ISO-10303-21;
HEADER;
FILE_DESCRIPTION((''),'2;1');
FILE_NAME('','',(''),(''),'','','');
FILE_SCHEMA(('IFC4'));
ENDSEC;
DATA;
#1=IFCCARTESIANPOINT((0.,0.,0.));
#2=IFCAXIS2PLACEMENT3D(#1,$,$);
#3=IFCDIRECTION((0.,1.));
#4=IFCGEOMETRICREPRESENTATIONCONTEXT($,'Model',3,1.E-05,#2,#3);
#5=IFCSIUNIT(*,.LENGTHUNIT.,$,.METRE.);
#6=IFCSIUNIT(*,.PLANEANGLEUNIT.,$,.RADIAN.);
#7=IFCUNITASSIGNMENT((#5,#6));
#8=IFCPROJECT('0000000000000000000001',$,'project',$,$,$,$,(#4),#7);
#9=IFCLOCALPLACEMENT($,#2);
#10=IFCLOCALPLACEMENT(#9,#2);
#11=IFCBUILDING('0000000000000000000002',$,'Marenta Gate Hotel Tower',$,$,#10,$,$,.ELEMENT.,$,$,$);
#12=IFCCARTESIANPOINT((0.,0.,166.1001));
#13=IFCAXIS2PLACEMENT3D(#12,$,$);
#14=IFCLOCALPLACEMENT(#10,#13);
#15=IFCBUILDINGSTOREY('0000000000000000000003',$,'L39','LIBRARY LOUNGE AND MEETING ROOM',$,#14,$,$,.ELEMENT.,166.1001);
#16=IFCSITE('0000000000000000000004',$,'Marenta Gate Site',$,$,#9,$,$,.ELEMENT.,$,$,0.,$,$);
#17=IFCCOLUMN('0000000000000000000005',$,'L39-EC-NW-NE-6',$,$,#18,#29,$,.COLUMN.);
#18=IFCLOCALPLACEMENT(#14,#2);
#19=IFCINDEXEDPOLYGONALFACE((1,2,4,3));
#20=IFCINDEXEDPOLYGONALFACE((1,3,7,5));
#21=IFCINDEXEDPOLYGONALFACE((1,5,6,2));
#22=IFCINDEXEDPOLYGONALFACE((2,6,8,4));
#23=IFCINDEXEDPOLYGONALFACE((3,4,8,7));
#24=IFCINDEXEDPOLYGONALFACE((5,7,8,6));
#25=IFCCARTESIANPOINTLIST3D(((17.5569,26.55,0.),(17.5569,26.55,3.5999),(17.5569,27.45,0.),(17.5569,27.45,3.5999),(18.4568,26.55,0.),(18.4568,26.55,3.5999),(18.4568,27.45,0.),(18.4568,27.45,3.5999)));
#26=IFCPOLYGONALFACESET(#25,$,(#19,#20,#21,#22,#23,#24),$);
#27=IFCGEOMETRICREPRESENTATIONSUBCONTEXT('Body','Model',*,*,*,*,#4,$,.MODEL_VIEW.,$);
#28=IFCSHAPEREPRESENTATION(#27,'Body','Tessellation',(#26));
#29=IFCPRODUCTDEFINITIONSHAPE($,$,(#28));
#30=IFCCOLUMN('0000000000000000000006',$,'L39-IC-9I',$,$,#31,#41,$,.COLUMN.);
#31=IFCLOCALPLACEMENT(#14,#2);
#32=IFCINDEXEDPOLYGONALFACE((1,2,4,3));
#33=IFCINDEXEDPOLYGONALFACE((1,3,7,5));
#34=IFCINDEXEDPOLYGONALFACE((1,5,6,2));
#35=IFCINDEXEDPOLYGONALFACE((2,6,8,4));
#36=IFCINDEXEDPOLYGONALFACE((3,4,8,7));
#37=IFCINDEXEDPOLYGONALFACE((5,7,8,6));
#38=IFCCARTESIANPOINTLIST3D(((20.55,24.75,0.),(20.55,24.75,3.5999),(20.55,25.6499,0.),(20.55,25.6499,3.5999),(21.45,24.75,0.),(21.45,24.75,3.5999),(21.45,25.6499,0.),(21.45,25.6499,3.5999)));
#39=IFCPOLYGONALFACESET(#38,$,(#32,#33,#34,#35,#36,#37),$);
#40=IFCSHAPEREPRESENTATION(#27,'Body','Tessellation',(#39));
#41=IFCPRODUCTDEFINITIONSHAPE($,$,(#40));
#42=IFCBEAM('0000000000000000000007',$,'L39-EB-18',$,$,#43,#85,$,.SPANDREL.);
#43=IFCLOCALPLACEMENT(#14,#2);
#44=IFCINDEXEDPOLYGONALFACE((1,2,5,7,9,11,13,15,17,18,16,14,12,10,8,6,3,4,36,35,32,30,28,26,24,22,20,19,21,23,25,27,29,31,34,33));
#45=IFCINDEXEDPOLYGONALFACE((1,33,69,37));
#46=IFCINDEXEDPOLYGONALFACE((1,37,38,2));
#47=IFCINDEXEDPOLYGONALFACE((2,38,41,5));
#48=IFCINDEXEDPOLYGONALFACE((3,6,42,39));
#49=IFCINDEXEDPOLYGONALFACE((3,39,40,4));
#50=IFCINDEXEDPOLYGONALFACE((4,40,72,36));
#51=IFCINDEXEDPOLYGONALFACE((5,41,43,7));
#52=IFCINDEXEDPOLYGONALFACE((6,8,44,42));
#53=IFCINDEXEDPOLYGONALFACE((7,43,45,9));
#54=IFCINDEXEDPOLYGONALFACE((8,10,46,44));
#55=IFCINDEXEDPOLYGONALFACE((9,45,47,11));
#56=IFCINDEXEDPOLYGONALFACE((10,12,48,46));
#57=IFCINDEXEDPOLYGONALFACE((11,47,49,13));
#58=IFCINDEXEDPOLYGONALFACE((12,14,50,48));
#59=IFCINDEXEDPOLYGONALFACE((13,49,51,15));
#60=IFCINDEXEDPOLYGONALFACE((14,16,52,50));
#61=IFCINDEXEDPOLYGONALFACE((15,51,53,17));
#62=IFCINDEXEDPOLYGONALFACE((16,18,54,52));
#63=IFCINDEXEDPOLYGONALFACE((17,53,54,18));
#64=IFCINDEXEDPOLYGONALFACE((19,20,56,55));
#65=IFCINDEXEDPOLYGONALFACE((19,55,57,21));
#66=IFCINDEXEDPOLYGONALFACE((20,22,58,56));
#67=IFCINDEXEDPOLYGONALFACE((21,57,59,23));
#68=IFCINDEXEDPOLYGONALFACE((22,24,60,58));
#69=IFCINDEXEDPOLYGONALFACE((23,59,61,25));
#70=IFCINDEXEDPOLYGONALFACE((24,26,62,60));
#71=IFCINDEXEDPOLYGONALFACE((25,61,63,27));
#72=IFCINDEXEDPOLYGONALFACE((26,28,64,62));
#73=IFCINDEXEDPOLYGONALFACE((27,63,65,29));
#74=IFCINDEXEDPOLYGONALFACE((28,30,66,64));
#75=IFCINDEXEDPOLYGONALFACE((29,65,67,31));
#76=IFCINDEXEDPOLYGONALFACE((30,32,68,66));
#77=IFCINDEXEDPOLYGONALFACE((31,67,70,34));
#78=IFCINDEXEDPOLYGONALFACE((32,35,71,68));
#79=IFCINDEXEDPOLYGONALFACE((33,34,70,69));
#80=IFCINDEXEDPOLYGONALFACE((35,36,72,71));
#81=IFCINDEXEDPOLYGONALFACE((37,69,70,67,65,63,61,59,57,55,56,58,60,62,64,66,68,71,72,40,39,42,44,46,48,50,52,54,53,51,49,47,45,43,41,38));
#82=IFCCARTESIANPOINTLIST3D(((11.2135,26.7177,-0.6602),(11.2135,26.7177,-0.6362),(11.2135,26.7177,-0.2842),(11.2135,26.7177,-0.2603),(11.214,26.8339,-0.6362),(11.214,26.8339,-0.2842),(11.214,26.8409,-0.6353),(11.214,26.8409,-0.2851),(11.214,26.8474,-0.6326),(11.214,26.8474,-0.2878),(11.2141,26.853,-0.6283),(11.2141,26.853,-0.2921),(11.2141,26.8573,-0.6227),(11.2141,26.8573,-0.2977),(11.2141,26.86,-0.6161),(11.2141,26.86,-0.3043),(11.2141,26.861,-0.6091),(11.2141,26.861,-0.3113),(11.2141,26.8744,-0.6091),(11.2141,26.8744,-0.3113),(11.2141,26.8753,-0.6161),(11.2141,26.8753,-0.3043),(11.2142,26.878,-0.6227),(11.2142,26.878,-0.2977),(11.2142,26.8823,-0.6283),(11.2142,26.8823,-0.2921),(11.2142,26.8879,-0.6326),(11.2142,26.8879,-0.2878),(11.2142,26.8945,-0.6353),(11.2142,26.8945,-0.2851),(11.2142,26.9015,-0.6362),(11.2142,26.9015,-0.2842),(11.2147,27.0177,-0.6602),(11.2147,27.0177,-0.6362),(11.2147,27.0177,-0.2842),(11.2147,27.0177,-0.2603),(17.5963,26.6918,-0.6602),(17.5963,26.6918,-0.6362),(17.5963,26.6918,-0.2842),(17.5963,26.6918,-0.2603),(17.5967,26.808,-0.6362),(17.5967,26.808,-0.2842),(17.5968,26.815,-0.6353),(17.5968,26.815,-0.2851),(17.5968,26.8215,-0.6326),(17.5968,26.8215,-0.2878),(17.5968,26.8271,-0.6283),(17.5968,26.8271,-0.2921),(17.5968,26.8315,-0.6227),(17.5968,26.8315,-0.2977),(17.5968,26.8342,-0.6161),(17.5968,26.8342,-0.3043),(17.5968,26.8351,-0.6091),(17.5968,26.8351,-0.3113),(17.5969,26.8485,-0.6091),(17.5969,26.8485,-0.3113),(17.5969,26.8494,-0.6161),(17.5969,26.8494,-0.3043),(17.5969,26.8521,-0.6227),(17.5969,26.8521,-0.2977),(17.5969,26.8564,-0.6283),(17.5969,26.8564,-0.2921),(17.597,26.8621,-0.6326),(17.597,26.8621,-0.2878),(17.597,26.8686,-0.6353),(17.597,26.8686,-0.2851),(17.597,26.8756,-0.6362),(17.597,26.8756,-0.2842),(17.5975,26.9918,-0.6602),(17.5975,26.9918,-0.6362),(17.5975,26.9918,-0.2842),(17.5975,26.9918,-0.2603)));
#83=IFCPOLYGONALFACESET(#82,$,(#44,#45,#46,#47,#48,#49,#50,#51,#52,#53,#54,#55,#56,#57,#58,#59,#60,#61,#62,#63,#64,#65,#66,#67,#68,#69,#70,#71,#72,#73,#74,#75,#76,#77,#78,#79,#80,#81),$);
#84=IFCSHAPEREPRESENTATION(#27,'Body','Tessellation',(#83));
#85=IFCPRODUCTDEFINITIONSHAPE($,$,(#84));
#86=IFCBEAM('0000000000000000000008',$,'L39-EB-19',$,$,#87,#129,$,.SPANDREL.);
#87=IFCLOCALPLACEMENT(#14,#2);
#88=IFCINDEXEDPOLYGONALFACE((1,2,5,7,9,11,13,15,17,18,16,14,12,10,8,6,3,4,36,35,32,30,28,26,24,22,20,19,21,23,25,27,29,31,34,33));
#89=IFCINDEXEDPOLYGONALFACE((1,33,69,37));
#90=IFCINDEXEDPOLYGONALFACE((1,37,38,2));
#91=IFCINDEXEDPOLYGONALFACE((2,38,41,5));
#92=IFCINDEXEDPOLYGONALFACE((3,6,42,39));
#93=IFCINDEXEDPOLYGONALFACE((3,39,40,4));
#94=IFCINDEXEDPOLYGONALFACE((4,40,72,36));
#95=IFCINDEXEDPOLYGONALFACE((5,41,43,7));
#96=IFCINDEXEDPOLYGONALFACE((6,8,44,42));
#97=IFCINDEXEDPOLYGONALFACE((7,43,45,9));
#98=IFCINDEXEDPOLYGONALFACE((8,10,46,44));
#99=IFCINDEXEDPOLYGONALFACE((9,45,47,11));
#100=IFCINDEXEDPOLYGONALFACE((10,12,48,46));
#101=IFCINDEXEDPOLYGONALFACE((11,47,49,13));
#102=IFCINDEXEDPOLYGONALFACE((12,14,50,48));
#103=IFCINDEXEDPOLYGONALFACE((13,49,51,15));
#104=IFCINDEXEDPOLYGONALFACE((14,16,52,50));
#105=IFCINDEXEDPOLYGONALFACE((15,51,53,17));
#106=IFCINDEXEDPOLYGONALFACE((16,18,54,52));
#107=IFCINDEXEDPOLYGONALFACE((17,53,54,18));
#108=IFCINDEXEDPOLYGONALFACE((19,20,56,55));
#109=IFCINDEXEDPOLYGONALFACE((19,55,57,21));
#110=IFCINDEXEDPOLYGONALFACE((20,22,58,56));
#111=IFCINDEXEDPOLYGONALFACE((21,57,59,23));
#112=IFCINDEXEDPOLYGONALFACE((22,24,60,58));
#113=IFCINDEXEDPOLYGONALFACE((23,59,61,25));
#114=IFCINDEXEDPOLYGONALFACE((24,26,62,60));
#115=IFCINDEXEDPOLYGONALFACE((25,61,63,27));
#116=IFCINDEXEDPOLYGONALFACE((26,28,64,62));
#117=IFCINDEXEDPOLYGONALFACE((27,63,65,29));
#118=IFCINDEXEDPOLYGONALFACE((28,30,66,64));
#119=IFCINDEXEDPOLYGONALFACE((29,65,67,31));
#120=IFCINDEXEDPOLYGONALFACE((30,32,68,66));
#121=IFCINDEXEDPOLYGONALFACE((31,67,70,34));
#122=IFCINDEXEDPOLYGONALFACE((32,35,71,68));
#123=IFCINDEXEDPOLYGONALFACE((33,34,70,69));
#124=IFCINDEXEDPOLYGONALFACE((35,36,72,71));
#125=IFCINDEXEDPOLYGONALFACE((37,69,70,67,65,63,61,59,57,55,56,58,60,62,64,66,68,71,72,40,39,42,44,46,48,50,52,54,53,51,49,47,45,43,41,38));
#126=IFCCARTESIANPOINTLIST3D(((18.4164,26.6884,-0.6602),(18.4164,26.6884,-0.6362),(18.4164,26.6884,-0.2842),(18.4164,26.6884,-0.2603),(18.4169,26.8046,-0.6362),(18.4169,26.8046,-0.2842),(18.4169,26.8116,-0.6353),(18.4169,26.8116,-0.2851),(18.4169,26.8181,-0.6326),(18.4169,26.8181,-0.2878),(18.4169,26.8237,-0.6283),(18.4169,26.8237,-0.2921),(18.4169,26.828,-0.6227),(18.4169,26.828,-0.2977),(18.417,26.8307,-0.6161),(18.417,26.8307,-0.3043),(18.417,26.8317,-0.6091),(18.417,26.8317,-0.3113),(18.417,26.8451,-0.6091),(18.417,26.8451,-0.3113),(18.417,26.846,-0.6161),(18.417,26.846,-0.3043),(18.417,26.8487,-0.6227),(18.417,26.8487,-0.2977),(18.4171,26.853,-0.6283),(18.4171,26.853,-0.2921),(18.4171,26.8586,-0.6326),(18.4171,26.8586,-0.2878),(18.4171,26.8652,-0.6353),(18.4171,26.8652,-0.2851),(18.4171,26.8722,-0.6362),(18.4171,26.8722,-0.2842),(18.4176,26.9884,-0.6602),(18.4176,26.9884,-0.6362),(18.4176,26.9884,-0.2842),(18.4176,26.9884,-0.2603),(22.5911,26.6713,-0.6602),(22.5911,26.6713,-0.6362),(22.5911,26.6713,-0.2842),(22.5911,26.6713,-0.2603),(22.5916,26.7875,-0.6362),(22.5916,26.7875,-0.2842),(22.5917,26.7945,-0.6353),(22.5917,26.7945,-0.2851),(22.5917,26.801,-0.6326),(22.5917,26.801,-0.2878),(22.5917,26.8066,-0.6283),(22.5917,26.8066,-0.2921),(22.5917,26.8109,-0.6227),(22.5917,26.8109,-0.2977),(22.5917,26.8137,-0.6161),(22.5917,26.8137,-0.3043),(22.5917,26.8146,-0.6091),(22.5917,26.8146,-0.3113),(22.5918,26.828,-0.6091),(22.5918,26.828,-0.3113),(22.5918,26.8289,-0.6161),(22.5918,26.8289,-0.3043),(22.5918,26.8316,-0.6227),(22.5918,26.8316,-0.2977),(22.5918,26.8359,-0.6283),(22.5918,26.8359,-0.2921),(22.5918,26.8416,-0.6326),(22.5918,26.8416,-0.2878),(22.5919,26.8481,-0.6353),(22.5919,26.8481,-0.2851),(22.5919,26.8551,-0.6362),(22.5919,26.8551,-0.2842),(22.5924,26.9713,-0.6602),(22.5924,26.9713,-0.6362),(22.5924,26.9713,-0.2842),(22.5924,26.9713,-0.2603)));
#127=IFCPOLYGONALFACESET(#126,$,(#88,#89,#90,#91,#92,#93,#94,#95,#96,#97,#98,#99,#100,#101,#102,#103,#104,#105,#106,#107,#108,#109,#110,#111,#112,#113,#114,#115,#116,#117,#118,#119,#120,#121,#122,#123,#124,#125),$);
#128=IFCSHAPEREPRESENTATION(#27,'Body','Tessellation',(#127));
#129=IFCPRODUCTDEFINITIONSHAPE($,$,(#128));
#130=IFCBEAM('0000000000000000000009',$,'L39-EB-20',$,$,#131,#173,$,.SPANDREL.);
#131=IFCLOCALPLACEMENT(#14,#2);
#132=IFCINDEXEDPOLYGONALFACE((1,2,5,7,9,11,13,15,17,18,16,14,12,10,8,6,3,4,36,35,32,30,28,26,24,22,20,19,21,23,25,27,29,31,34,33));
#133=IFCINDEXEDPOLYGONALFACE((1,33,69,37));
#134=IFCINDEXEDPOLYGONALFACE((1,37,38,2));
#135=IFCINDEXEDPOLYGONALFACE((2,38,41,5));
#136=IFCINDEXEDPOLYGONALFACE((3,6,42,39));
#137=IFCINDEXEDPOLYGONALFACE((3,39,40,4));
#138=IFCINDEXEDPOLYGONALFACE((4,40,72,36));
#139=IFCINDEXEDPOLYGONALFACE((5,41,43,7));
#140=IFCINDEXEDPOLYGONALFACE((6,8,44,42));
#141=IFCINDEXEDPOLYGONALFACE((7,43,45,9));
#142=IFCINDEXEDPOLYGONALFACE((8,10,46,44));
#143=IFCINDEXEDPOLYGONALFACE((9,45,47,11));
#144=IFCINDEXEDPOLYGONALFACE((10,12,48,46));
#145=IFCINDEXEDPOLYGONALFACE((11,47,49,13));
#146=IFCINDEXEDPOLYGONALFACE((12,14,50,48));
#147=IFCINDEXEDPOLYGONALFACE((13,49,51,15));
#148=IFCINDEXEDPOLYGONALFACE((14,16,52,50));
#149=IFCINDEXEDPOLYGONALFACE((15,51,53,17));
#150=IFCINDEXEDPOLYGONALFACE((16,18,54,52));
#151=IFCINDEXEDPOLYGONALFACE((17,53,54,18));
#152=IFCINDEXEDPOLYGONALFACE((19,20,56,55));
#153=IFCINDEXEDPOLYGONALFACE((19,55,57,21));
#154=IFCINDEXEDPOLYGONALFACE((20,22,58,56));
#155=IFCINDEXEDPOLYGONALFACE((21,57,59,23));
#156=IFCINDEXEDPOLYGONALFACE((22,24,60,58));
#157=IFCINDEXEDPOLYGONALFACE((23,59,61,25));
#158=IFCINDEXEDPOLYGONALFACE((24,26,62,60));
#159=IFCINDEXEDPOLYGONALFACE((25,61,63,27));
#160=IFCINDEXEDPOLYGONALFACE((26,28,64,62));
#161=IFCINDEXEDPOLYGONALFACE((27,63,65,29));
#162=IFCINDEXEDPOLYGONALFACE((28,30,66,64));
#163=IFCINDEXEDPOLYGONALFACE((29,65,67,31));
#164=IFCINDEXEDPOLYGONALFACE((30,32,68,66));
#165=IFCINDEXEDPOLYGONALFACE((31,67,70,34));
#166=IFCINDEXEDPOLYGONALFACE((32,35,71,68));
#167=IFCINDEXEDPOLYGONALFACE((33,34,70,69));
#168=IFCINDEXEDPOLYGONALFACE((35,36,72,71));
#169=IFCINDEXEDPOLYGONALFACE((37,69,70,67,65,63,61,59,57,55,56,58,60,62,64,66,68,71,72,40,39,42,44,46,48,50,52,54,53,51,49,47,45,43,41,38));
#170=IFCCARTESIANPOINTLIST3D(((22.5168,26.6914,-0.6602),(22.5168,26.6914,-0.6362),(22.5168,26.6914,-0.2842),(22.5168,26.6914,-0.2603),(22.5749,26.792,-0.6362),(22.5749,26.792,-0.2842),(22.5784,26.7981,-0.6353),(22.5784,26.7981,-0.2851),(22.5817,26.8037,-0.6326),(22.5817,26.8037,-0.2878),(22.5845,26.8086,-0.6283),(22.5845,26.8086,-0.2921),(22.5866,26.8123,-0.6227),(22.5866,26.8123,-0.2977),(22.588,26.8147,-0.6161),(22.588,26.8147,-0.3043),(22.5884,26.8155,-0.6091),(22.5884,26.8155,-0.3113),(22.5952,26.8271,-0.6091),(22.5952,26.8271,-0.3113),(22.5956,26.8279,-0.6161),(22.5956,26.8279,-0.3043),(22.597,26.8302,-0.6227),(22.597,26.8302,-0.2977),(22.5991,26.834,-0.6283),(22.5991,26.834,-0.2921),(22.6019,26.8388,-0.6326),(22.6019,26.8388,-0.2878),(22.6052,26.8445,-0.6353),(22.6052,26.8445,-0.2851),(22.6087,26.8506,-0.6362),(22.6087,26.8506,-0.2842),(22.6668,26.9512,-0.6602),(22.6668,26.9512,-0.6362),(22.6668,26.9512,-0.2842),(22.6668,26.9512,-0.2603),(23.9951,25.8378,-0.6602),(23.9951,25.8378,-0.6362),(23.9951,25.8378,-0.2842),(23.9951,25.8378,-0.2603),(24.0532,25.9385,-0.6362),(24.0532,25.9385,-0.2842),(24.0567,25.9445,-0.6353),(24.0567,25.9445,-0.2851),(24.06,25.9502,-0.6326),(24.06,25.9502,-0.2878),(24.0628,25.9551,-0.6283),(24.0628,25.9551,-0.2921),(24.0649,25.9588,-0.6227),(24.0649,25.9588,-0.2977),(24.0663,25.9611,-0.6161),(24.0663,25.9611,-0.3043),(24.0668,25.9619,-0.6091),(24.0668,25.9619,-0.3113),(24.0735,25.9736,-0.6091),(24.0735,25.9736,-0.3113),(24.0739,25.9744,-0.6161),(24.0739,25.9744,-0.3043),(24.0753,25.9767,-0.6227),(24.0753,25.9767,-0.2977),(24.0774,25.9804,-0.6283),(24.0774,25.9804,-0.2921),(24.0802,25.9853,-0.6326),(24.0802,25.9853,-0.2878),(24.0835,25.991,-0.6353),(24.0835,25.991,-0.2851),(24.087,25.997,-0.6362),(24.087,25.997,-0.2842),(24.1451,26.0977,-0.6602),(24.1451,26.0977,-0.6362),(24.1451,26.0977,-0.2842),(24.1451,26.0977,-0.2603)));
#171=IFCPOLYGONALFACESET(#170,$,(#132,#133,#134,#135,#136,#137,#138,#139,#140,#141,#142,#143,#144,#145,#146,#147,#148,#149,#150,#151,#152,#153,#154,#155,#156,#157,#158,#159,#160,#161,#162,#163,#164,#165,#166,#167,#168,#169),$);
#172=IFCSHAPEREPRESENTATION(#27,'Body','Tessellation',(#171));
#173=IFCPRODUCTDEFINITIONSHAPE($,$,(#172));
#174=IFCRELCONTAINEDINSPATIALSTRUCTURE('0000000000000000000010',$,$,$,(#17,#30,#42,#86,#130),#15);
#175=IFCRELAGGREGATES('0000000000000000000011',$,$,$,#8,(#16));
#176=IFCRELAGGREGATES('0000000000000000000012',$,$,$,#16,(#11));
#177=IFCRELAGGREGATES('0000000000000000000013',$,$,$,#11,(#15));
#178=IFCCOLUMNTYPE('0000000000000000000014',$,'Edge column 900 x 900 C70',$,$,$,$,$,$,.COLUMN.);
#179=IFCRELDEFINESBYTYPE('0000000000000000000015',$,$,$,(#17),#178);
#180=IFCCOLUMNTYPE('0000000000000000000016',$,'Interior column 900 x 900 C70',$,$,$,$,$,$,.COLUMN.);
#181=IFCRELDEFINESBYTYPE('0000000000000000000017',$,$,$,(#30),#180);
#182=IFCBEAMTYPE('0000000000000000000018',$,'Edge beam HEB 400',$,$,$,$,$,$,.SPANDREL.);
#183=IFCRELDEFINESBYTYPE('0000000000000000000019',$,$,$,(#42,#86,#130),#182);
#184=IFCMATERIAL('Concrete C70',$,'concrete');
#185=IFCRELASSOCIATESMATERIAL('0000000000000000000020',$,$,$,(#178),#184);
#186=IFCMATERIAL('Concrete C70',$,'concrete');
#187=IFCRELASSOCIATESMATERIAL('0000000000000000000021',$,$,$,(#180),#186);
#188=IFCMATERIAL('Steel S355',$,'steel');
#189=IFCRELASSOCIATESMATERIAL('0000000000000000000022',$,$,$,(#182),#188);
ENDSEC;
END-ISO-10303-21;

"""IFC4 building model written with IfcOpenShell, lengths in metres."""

from ifc_helpers import new_model, si_unit, direction, frame, origin, origin_2d, place, context, subcontext, project, spatial, rectangle, i_section, extrude, material, material_profile, profile_set, type_object, element, save


model = new_model("IFC4")

# Units and contexts
model_context = context("Model", 3, precision=1e-05, world=origin(), true_north=direction((0.0, 1.0)))
body_context = subcontext(model_context, "Body", "Model", "MODEL_VIEW")
ifc_project = project(units=[si_unit("LENGTHUNIT", "METRE"), si_unit("PLANEANGLEUNIT", "RADIAN")], contexts=[model_context])

# Site, building, storey
site_placement = place(None, origin())
site = spatial("IfcSite", under=ifc_project, at=site_placement, Name="Marenta Gate Site", CompositionType="ELEMENT", RefElevation=0.0)
building_placement = place(site_placement, origin())
building = spatial("IfcBuilding", under=site, at=building_placement, Name="Marenta Gate Hotel Tower", CompositionType="ELEMENT")
storey_placement = place(building_placement, frame((0.0, 0.0, 166.1001)))
storey = spatial("IfcBuildingStorey", under=building, at=storey_placement, Name="L39", Description="LIBRARY LOUNGE AND MEETING ROOM", CompositionType="ELEMENT", Elevation=166.1001)

# Columns
ifc_material_1 = material(Name="Concrete C70", Category="concrete")
ifc_material_profile_1 = material_profile(ifc_material_1, rectangle(XDim=0.8999, YDim=0.8999, at=origin_2d()), Name="900 x 900")
ifc_profile_set_1 = profile_set([ifc_material_profile_1], Name="Concrete C70")
column_type_1 = type_object("IfcColumnType", Name="Edge column 900 x 900 C70", PredefinedType="COLUMN", material=ifc_profile_set_1)
column_1_placement = place(storey_placement, frame((18.0068, 27.0, 0.0), z_axis=(0.0, 0.0, 1.0), x_axis=(1.0, 0.0, 0.0)))
element("IfcColumn", 1, at=column_1_placement, inside=storey, type_object=column_type_1, Name="L39-EC-NW-NE-6", PredefinedType="COLUMN", context=body_context, shape_type="SweptSolid", body=[
    extrude(rectangle(XDim=0.8999, YDim=0.8999, at=origin_2d()), origin(), (0.0, 0.0, 1.0), 3.5999),
])
ifc_material_2 = material(Name="Concrete C70", Category="concrete")
ifc_material_profile_2 = material_profile(ifc_material_2, rectangle(XDim=0.8999, YDim=0.8999, at=origin_2d()), Name="900 x 900")
ifc_profile_set_2 = profile_set([ifc_material_profile_2], Name="Concrete C70")
column_type_2 = type_object("IfcColumnType", Name="Interior column 900 x 900 C70", PredefinedType="COLUMN", material=ifc_profile_set_2)
column_2_placement = place(storey_placement, frame((21.0, 25.2, 0.0), z_axis=(0.0, 0.0, 1.0), x_axis=(1.0, 0.0, 0.0)))
element("IfcColumn", 2, at=column_2_placement, inside=storey, type_object=column_type_2, Name="L39-IC-9I", PredefinedType="COLUMN", context=body_context, shape_type="SweptSolid", body=[
    extrude(rectangle(XDim=0.8999, YDim=0.8999, at=origin_2d()), origin(), (0.0, 0.0, 1.0), 3.5999),
])

# Beams
ifc_material_3 = material(Name="Steel S355", Category="steel")
ifc_material_profile_3 = material_profile(ifc_material_3, i_section(OverallWidth=0.3, OverallDepth=0.3999, WebThickness=0.0134, FlangeThickness=0.0239, FilletRadius=0.0271, at=origin_2d()), Name="HEB 400")
ifc_profile_set_3 = profile_set([ifc_material_profile_3], Name="Steel S355")
beam_type_1 = type_object("IfcBeamType", Name="Edge beam HEB 400", PredefinedType="SPANDREL", material=ifc_profile_set_3)
beam_1_placement = place(storey_placement, frame((11.2141, 26.8677, -0.4602), z_axis=(0.999992, -0.004054, 0.0), x_axis=(0.004054, 0.999992, 0.0)))
element("IfcBeam", 3, at=beam_1_placement, inside=storey, type_object=beam_type_1, Name="L39-EB-18", PredefinedType="SPANDREL", context=body_context, shape_type="SweptSolid", body=[
    extrude(i_section(OverallWidth=0.3, OverallDepth=0.3999, WebThickness=0.0134, FlangeThickness=0.0239, FilletRadius=0.0271, at=origin_2d()), origin(), (0.0, 0.0, 1.0), 6.3828),
])
beam_2_placement = place(storey_placement, frame((18.417, 26.8384, -0.4602), z_axis=(0.999992, -0.004094, 0.0), x_axis=(0.004094, 0.999992, 0.0)))
element("IfcBeam", 4, at=beam_2_placement, inside=storey, type_object=beam_type_1, Name="L39-EB-19", PredefinedType="SPANDREL", context=body_context, shape_type="SweptSolid", body=[
    extrude(i_section(OverallWidth=0.3, OverallDepth=0.3999, WebThickness=0.0134, FlangeThickness=0.0239, FilletRadius=0.0271, at=origin_2d()), origin(), (0.0, 0.0, 1.0), 4.1748),
])
beam_3_placement = place(storey_placement, frame((22.5918, 26.8213, -0.4602), z_axis=(0.866016, -0.500015, 0.0), x_axis=(0.500015, 0.866016, 0.0)))
element("IfcBeam", 5, at=beam_3_placement, inside=storey, type_object=beam_type_1, Name="L39-EB-20", PredefinedType="SPANDREL", context=body_context, shape_type="SweptSolid", body=[
    extrude(i_section(OverallWidth=0.3, OverallDepth=0.3999, WebThickness=0.0134, FlangeThickness=0.0239, FilletRadius=0.0271, at=origin_2d()), origin(), (0.0, 0.0, 1.0), 1.707),
])

save(model, "model.ifc")
